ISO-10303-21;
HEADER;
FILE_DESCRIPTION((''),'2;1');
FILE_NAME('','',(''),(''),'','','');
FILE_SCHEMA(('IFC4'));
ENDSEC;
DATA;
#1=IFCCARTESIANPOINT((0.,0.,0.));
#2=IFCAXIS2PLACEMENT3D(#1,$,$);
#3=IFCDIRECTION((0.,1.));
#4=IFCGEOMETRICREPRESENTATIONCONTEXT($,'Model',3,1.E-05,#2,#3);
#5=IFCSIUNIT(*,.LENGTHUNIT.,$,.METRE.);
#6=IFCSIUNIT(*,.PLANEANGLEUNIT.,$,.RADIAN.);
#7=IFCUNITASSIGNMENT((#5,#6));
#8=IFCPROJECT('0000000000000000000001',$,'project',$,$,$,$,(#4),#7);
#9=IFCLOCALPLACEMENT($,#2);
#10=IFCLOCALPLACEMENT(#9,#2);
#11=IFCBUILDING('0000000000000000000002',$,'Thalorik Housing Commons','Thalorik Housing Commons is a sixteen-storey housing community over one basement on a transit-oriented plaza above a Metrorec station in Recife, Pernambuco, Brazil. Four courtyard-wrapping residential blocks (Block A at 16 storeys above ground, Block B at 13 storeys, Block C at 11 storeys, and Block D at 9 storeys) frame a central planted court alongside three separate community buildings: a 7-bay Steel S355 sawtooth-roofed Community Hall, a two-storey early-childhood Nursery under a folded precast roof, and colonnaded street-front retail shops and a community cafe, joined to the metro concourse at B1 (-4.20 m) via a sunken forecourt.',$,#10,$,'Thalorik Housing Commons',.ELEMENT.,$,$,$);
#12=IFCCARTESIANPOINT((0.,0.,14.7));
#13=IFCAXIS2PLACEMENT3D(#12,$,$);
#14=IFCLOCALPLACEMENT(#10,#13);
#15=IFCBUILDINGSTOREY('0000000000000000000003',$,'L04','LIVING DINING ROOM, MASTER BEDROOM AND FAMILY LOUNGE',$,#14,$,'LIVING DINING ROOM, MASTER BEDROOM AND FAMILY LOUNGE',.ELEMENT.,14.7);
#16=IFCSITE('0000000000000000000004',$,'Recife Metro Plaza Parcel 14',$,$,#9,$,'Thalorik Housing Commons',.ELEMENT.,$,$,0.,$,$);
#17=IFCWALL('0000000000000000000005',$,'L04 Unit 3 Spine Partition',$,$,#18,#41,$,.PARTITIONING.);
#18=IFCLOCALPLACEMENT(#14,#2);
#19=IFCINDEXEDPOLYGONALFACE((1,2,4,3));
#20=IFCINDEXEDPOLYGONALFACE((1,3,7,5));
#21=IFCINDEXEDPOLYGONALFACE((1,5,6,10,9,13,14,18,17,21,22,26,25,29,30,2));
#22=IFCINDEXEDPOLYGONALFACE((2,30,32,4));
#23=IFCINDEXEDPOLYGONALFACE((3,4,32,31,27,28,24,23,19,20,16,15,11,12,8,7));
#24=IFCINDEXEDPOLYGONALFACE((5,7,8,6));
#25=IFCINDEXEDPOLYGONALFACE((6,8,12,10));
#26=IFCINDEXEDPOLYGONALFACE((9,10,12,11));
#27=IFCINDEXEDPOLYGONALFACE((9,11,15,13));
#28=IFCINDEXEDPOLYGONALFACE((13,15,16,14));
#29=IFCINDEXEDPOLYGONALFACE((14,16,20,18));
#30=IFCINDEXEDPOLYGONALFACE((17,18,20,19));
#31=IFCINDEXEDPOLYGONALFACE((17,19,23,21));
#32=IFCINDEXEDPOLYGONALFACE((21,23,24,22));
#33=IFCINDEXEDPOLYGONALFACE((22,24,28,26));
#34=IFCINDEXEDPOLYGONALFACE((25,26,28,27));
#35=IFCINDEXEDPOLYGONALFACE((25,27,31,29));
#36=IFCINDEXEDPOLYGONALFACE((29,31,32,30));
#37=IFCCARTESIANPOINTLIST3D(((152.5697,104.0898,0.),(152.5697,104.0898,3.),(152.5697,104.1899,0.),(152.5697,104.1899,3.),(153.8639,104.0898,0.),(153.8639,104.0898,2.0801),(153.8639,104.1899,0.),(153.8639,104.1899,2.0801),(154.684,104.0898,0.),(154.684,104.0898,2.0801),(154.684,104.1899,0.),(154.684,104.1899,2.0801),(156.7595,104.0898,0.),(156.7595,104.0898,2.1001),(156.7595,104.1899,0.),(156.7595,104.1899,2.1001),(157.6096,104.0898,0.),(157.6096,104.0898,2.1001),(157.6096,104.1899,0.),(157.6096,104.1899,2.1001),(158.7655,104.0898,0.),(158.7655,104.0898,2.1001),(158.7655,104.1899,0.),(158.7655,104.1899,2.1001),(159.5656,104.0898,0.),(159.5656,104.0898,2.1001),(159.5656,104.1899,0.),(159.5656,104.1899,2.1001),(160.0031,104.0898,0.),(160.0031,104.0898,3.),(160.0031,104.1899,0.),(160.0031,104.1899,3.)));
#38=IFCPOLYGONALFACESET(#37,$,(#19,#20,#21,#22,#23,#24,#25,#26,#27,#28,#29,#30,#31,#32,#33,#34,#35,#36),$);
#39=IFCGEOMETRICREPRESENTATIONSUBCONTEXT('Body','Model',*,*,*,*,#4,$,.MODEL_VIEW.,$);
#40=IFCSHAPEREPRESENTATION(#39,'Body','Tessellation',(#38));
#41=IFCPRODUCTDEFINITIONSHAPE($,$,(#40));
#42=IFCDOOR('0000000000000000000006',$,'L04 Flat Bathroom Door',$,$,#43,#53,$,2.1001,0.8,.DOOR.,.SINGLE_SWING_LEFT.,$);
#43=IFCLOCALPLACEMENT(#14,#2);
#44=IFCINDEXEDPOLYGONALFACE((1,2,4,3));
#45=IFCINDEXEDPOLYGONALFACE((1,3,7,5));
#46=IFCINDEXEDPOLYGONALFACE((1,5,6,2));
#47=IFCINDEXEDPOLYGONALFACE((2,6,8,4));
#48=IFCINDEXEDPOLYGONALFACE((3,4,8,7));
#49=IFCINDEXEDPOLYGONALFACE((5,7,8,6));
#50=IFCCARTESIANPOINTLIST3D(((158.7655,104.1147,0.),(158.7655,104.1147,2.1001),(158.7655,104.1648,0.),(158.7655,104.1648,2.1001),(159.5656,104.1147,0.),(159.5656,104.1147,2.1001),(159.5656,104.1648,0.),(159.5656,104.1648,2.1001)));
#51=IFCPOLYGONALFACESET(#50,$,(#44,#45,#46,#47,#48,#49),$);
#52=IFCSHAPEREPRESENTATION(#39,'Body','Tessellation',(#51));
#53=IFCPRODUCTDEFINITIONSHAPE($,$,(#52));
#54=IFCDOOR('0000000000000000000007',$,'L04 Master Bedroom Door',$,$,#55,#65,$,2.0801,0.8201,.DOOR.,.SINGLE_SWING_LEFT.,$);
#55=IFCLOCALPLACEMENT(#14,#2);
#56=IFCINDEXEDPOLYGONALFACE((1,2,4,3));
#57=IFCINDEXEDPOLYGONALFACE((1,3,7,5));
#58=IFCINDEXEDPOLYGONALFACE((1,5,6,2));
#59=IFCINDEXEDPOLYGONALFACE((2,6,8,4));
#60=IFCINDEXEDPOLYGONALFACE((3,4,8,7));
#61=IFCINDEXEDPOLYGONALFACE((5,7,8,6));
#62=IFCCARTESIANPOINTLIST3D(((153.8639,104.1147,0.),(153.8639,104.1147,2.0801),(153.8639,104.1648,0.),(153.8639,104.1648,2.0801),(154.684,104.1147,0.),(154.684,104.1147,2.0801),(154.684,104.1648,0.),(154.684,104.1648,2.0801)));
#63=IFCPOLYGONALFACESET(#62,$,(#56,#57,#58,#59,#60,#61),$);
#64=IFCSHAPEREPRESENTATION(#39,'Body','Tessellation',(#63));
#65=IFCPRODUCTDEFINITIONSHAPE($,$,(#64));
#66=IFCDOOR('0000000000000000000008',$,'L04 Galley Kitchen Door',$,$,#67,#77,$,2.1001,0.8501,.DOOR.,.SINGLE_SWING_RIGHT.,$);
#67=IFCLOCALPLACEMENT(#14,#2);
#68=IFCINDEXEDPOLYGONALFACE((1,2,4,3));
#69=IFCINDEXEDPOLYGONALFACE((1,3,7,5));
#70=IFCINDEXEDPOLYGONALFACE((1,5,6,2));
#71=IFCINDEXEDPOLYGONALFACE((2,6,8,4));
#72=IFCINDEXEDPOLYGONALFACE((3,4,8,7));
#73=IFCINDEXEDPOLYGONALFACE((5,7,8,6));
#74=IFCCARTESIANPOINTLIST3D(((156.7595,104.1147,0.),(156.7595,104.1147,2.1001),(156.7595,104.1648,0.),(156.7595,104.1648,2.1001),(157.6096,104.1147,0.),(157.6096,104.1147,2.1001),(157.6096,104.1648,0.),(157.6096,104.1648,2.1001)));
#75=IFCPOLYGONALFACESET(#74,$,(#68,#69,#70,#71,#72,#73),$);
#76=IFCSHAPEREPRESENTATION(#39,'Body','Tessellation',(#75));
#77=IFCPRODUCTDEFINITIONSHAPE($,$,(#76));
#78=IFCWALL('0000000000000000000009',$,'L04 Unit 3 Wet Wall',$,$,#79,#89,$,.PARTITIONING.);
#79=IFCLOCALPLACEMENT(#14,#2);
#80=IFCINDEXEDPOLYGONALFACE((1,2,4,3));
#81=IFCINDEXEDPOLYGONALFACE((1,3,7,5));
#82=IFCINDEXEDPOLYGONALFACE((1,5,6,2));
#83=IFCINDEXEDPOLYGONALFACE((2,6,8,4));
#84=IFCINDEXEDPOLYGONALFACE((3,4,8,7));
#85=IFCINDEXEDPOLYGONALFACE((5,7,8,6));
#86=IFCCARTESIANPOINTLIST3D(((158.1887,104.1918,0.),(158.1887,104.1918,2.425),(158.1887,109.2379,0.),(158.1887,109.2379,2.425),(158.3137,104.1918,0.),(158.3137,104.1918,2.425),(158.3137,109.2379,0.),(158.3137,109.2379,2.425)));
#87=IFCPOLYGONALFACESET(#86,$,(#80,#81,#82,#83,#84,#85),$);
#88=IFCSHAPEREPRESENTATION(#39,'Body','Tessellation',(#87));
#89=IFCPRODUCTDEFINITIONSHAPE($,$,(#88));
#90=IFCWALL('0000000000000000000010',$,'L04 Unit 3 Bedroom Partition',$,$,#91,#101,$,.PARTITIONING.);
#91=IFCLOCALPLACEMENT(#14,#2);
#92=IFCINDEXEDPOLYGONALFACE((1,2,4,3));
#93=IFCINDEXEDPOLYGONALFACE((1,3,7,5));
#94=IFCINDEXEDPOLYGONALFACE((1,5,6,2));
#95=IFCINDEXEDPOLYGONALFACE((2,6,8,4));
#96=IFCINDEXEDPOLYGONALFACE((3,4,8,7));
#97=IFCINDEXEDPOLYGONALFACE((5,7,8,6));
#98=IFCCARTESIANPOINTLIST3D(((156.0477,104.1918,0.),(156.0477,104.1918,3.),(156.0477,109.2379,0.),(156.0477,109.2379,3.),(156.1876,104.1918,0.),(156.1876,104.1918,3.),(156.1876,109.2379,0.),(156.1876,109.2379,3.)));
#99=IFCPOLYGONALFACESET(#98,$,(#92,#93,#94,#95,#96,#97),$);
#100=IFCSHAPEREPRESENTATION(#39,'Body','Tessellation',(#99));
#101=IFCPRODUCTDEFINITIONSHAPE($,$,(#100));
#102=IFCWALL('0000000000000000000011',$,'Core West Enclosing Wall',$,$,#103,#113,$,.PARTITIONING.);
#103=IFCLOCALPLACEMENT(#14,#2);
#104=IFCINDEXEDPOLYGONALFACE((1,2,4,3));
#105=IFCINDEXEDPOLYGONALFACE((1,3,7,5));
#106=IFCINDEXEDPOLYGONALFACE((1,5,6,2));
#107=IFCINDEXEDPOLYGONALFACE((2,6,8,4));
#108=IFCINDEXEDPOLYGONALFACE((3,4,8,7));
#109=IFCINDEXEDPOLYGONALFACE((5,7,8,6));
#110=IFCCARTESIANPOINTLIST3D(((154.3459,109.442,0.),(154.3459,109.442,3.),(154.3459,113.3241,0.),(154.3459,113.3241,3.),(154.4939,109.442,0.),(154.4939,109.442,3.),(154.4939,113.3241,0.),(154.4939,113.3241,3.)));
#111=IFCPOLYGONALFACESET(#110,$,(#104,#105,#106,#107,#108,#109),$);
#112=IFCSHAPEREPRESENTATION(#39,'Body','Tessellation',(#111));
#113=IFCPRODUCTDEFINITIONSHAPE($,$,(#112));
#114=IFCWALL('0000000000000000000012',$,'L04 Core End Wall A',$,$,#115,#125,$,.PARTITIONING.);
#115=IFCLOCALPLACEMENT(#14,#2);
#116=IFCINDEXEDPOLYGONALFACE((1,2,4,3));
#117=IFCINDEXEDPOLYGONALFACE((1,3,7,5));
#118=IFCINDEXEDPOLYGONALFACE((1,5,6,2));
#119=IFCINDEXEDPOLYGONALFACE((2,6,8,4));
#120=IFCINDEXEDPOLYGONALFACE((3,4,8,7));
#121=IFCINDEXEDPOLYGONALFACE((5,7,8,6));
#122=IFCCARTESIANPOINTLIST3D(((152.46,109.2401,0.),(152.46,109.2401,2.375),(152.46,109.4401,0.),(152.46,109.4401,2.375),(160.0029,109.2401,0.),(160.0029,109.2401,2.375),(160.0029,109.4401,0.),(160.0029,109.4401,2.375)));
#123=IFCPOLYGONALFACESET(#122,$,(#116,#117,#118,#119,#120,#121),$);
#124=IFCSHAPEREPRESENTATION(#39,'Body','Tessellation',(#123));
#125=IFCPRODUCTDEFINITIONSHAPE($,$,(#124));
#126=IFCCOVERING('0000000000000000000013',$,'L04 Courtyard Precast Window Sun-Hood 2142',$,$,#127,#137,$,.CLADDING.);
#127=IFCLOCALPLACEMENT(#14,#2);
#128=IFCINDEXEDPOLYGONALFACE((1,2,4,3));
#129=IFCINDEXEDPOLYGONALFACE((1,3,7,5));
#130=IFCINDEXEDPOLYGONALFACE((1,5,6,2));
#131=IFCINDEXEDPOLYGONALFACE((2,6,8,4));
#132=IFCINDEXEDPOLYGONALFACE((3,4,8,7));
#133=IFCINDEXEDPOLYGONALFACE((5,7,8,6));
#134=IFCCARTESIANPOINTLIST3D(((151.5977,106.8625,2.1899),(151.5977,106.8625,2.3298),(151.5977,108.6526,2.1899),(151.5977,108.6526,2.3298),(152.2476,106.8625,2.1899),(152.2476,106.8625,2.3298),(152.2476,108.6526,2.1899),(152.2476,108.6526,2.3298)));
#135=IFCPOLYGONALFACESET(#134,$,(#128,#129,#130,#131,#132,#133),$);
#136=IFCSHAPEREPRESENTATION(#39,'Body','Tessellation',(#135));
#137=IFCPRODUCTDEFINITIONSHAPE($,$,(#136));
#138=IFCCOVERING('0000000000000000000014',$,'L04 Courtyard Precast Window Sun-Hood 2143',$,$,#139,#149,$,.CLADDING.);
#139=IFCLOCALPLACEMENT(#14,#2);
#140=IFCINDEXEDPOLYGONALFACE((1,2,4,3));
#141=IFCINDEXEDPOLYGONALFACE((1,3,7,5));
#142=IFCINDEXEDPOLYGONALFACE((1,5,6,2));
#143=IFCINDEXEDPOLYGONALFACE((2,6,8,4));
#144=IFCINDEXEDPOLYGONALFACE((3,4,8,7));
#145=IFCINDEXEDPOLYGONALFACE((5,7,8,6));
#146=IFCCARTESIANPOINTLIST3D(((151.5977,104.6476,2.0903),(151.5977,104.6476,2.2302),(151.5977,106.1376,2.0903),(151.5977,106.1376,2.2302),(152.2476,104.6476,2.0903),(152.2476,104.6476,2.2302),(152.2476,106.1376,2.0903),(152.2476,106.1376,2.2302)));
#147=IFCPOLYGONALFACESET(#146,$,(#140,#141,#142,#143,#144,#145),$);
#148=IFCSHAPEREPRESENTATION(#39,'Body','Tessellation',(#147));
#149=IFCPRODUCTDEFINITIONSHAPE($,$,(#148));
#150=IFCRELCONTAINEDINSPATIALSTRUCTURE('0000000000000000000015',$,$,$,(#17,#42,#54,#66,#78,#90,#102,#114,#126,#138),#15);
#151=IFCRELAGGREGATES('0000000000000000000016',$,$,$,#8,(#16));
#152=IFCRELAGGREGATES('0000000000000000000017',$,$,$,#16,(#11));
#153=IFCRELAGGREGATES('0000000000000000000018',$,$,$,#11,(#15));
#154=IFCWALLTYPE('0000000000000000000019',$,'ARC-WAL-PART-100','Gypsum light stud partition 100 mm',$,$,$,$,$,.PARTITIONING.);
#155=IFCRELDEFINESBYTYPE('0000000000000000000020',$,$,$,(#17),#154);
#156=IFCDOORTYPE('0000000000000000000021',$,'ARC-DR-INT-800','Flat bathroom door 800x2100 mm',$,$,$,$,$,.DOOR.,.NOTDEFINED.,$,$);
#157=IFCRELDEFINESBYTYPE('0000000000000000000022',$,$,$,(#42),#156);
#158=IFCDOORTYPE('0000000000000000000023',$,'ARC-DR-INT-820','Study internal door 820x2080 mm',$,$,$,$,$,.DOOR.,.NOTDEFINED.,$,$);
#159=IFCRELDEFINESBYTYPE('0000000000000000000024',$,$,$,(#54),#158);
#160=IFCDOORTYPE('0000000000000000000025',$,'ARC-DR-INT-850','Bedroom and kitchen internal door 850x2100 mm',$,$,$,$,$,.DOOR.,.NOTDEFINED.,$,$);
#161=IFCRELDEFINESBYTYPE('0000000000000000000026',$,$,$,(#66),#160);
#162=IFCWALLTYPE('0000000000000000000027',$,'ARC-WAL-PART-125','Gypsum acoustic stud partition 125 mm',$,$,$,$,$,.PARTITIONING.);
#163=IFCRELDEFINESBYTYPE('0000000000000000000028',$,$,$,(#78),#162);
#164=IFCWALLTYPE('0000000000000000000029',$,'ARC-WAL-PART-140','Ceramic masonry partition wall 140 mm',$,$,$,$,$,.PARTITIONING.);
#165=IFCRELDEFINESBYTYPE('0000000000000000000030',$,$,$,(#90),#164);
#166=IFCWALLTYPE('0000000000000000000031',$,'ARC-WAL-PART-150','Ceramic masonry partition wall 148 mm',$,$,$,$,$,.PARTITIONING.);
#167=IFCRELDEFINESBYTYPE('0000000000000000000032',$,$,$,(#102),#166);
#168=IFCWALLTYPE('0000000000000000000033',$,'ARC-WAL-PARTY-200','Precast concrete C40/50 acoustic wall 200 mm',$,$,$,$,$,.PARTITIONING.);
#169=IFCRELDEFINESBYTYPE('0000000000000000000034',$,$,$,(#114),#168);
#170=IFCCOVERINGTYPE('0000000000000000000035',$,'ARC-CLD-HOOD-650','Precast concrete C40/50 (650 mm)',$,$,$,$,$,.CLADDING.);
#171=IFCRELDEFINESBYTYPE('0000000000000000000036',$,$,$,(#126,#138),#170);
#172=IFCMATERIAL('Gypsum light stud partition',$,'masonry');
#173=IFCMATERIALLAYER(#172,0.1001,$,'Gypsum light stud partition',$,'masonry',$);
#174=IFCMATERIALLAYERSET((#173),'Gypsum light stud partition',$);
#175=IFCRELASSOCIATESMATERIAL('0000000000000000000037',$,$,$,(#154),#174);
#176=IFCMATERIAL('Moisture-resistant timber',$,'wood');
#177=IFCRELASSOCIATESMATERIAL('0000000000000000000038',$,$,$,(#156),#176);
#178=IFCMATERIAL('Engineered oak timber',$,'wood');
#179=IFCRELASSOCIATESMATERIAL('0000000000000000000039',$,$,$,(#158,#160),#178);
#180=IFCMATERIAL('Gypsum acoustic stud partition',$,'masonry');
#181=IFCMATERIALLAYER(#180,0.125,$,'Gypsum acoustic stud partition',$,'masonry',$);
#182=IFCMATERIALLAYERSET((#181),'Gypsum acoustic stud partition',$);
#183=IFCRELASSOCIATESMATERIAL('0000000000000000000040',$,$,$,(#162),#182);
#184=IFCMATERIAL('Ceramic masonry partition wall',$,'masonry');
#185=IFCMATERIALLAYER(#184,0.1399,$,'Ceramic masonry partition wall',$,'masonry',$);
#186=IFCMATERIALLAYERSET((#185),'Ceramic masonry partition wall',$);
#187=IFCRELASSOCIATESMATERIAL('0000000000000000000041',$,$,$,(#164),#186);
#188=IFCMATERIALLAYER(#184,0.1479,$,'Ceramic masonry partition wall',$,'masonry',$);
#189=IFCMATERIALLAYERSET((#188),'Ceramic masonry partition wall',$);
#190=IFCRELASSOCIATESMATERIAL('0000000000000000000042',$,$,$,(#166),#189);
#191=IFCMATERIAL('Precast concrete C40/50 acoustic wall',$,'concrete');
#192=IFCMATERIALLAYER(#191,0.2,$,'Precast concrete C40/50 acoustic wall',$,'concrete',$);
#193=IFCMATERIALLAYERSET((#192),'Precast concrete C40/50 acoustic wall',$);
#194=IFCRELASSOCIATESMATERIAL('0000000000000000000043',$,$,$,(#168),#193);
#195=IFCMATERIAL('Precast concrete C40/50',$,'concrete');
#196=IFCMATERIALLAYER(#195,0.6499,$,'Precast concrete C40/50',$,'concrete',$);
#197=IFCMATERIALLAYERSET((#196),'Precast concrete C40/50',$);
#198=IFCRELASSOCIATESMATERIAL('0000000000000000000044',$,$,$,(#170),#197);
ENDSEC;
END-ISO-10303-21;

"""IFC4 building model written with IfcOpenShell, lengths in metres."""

from ifc_helpers import new_model, si_unit, direction, frame, frame_2d, origin, origin_2d, place, context, subcontext, project, spatial, rectangle, extrude, material, layer, layer_set, type_object, element, fill, save


model = new_model("IFC4")

# Units and contexts
model_context = context("Model", 3, precision=1e-05, world=origin(), true_north=direction((0.0, 1.0)))
body_context = subcontext(model_context, "Body", "Model", "MODEL_VIEW")
ifc_project = project(units=[si_unit("LENGTHUNIT", "METRE"), si_unit("PLANEANGLEUNIT", "RADIAN")], contexts=[model_context])

# Site, building, storey
site_placement = place(None, origin())
site = spatial("IfcSite", under=ifc_project, at=site_placement, Name="Recife Metro Plaza Parcel 14", LongName="Thalorik Housing Commons", CompositionType="ELEMENT", RefElevation=0.0)
building_placement = place(site_placement, origin())
building = spatial("IfcBuilding", under=site, at=building_placement, Name="Thalorik Housing Commons", Description="Thalorik Housing Commons is a sixteen-storey housing community over one basement on a transit-oriented plaza above a Metrorec station in Recife, Pernambuco, Brazil. Four courtyard-wrapping residential blocks (Block A at 16 storeys above ground, Block B at 13 storeys, Block C at 11 storeys, and Block D at 9 storeys) frame a central planted court alongside three separate community buildings: a 7-bay Steel S355 sawtooth-roofed Community Hall, a two-storey early-childhood Nursery under a folded precast roof, and colonnaded street-front retail shops and a community cafe, joined to the metro concourse at B1 (-4.20 m) via a sunken forecourt.", LongName="Thalorik Housing Commons", CompositionType="ELEMENT")
storey_placement = place(building_placement, frame((0.0, 0.0, 14.7)))
storey = spatial("IfcBuildingStorey", under=building, at=storey_placement, Name="L04", Description="LIVING DINING ROOM, MASTER BEDROOM AND FAMILY LOUNGE", LongName="LIVING DINING ROOM, MASTER BEDROOM AND FAMILY LOUNGE", CompositionType="ELEMENT", Elevation=14.7)

# Shared definitions
ifc_material_1 = material(Name="Precast concrete C40/50", Category="concrete")

# Wall, openings, doors
ifc_material_2 = material(Name="Gypsum light stud partition", Category="masonry")
ifc_layer_1 = layer(ifc_material_2, 0.1001, Name="Gypsum light stud partition", Category="masonry")
ifc_layer_set_1 = layer_set([ifc_layer_1], Name="Gypsum light stud partition")
wall_type_1 = type_object("IfcWallType", Name="ARC-WAL-PART-100", Description="Gypsum light stud partition 100 mm", PredefinedType="PARTITIONING", material=ifc_layer_set_1)
wall_1_placement = place(storey_placement, frame((152.5696, 104.1399, 0.0), z_axis=(0.0, 0.0, 1.0), x_axis=(1.0, 0.0, 0.0)))
wall_1 = element("IfcWall", 1, at=wall_1_placement, inside=storey, type_object=wall_type_1, Name="L04 Unit 3 Spine Partition", PredefinedType="PARTITIONING", context=body_context, shape_type="SweptSolid", body=[
    extrude(rectangle(XDim=7.4333, YDim=0.1001, at=frame_2d((3.7168, 0.0))), origin(), (0.0, 0.0, 1.0), 3.0),
])
opening_1_placement = place(wall_1_placement, frame((1.2942, 0.0, 0.0)))
opening_1 = element("IfcOpeningElement", 2, at=opening_1_placement, cuts=wall_1, PredefinedType="OPENING", context=body_context, shape_type="SweptSolid", body=[
    extrude(rectangle(XDim=0.8201, YDim=2.0801, at=frame_2d((0.4102, 1.04))), frame((0.0, 0.0601, 0.0), z_axis=(0.0, -1.0, 0.0), x_axis=(1.0, 0.0, 0.0)), (0.0, 0.0, 1.0), 0.1201),
])
opening_2_placement = place(wall_1_placement, frame((4.1899, 0.0, 0.0)))
opening_2 = element("IfcOpeningElement", 3, at=opening_2_placement, cuts=wall_1, PredefinedType="OPENING", context=body_context, shape_type="SweptSolid", body=[
    extrude(rectangle(XDim=0.8501, YDim=2.1001, at=frame_2d((0.425, 1.05))), frame((0.0, 0.0601, 0.0), z_axis=(0.0, -1.0, 0.0), x_axis=(1.0, 0.0, 0.0)), (0.0, 0.0, 1.0), 0.1201),
])
opening_3_placement = place(wall_1_placement, frame((6.196, 0.0, 0.0)))
opening_3 = element("IfcOpeningElement", 4, at=opening_3_placement, cuts=wall_1, PredefinedType="OPENING", context=body_context, shape_type="SweptSolid", body=[
    extrude(rectangle(XDim=0.8, YDim=2.1001, at=frame_2d((0.3999, 1.05))), frame((0.0, 0.0601, 0.0), z_axis=(0.0, -1.0, 0.0), x_axis=(1.0, 0.0, 0.0)), (0.0, 0.0, 1.0), 0.1201),
])
ifc_material_3 = material(Name="Moisture-resistant timber", Category="wood")
door_type_1 = type_object("IfcDoorType", Name="ARC-DR-INT-800", Description="Flat bathroom door 800x2100 mm", OperationType="NOTDEFINED", PredefinedType="DOOR", material=ifc_material_3)
door_1_placement = place(opening_3_placement, origin())
door_1 = element("IfcDoor", 5, at=door_1_placement, inside=storey, type_object=door_type_1, Name="L04 Flat Bathroom Door", OperationType="SINGLE_SWING_LEFT", OverallHeight=2.1001, OverallWidth=0.8, PredefinedType="DOOR", context=body_context, shape_type="SweptSolid", body=[
    extrude(rectangle(XDim=0.8, YDim=2.1001, at=frame_2d((0.3999, 1.05))), frame((0.0, 0.0249, 0.0), z_axis=(0.0, -1.0, 0.0), x_axis=(1.0, 0.0, 0.0)), (0.0, 0.0, 1.0), 0.05),
])
fill(opening_3, door_1)
ifc_material_4 = material(Name="Engineered oak timber", Category="wood")
door_type_2 = type_object("IfcDoorType", Name="ARC-DR-INT-820", Description="Study internal door 820x2080 mm", OperationType="NOTDEFINED", PredefinedType="DOOR", material=ifc_material_4)
door_2_placement = place(opening_1_placement, origin())
door_2 = element("IfcDoor", 6, at=door_2_placement, inside=storey, type_object=door_type_2, Name="L04 Master Bedroom Door", OperationType="SINGLE_SWING_LEFT", OverallHeight=2.0801, OverallWidth=0.8201, PredefinedType="DOOR", context=body_context, shape_type="SweptSolid", body=[
    extrude(rectangle(XDim=0.8201, YDim=2.0801, at=frame_2d((0.4102, 1.04))), frame((0.0, 0.0249, 0.0), z_axis=(0.0, -1.0, 0.0), x_axis=(1.0, 0.0, 0.0)), (0.0, 0.0, 1.0), 0.05),
])
fill(opening_1, door_2)
door_type_3 = type_object("IfcDoorType", Name="ARC-DR-INT-850", Description="Bedroom and kitchen internal door 850x2100 mm", OperationType="NOTDEFINED", PredefinedType="DOOR", material=ifc_material_4)
door_3_placement = place(opening_2_placement, origin())
door_3 = element("IfcDoor", 7, at=door_3_placement, inside=storey, type_object=door_type_3, Name="L04 Galley Kitchen Door", OperationType="SINGLE_SWING_RIGHT", OverallHeight=2.1001, OverallWidth=0.8501, PredefinedType="DOOR", context=body_context, shape_type="SweptSolid", body=[
    extrude(rectangle(XDim=0.8501, YDim=2.1001, at=frame_2d((0.425, 1.05))), frame((0.0, 0.0249, 0.0), z_axis=(0.0, -1.0, 0.0), x_axis=(1.0, 0.0, 0.0)), (0.0, 0.0, 1.0), 0.05),
])
fill(opening_2, door_3)

# Walls
ifc_material_5 = material(Name="Gypsum acoustic stud partition", Category="masonry")
ifc_layer_2 = layer(ifc_material_5, 0.125, Name="Gypsum acoustic stud partition", Category="masonry")
ifc_layer_set_2 = layer_set([ifc_layer_2], Name="Gypsum acoustic stud partition")
wall_type_2 = type_object("IfcWallType", Name="ARC-WAL-PART-125", Description="Gypsum acoustic stud partition 125 mm", PredefinedType="PARTITIONING", material=ifc_layer_set_2)
wall_2_placement = place(storey_placement, frame((158.2512, 104.1919, 0.0), z_axis=(0.0, 0.0, 1.0), x_axis=(0.0, 1.0, 0.0)))
element("IfcWall", 8, at=wall_2_placement, inside=storey, type_object=wall_type_2, Name="L04 Unit 3 Wet Wall", PredefinedType="PARTITIONING", context=body_context, shape_type="SweptSolid", body=[
    extrude(rectangle(XDim=5.0461, YDim=0.125, at=frame_2d((2.5229, 0.0))), origin(), (0.0, 0.0, 1.0), 2.425),
])
ifc_material_6 = material(Name="Ceramic masonry partition wall", Category="masonry")
ifc_layer_3 = layer(ifc_material_6, 0.1399, Name="Ceramic masonry partition wall", Category="masonry")
ifc_layer_set_3 = layer_set([ifc_layer_3], Name="Ceramic masonry partition wall")
wall_type_3 = type_object("IfcWallType", Name="ARC-WAL-PART-140", Description="Ceramic masonry partition wall 140 mm", PredefinedType="PARTITIONING", material=ifc_layer_set_3)
wall_3_placement = place(storey_placement, frame((156.1177, 104.1919, 0.0), z_axis=(0.0, 0.0, 1.0), x_axis=(0.0, 1.0, 0.0)))
element("IfcWall", 9, at=wall_3_placement, inside=storey, type_object=wall_type_3, Name="L04 Unit 3 Bedroom Partition", PredefinedType="PARTITIONING", context=body_context, shape_type="SweptSolid", body=[
    extrude(rectangle(XDim=5.0461, YDim=0.1399, at=frame_2d((2.5229, 0.0))), origin(), (0.0, 0.0, 1.0), 3.0),
])
ifc_layer_4 = layer(ifc_material_6, 0.1479, Name="Ceramic masonry partition wall", Category="masonry")
ifc_layer_set_4 = layer_set([ifc_layer_4], Name="Ceramic masonry partition wall")
wall_type_4 = type_object("IfcWallType", Name="ARC-WAL-PART-150", Description="Ceramic masonry partition wall 148 mm", PredefinedType="PARTITIONING", material=ifc_layer_set_4)
wall_4_placement = place(storey_placement, frame((154.4199, 113.324, 0.0), z_axis=(0.0, 0.0, 1.0), x_axis=(0.0, -1.0, 0.0)))
element("IfcWall", 10, at=wall_4_placement, inside=storey, type_object=wall_type_4, Name="Core West Enclosing Wall", PredefinedType="PARTITIONING", context=body_context, shape_type="SweptSolid", body=[
    extrude(rectangle(XDim=3.8821, YDim=0.1479, at=frame_2d((1.9409, 0.0))), origin(), (0.0, 0.0, 1.0), 3.0),
])
ifc_material_7 = material(Name="Precast concrete C40/50 acoustic wall", Category="concrete")
ifc_layer_5 = layer(ifc_material_7, 0.2, Name="Precast concrete C40/50 acoustic wall", Category="concrete")
ifc_layer_set_5 = layer_set([ifc_layer_5], Name="Precast concrete C40/50 acoustic wall")
wall_type_5 = type_object("IfcWallType", Name="ARC-WAL-PARTY-200", Description="Precast concrete C40/50 acoustic wall 200 mm", PredefinedType="PARTITIONING", material=ifc_layer_set_5)
wall_5_placement = place(storey_placement, frame((152.46, 109.3401, 0.0), z_axis=(0.0, 0.0, 1.0), x_axis=(1.0, 0.0, 0.0)))
element("IfcWall", 11, at=wall_5_placement, inside=storey, type_object=wall_type_5, Name="L04 Core End Wall A", PredefinedType="PARTITIONING", context=body_context, shape_type="SweptSolid", body=[
    extrude(rectangle(XDim=7.543, YDim=0.2, at=frame_2d((3.7715, 0.0))), origin(), (0.0, 0.0, 1.0), 2.375),
])

# Coverings
ifc_layer_6 = layer(ifc_material_1, 0.6499, Name="Precast concrete C40/50", Category="concrete")
ifc_layer_set_6 = layer_set([ifc_layer_6], Name="Precast concrete C40/50")
covering_type = type_object("IfcCoveringType", Name="ARC-CLD-HOOD-650", Description="Precast concrete C40/50 (650 mm)", PredefinedType="CLADDING", material=ifc_layer_set_6)
covering_1_placement = place(storey_placement, frame((151.9226, 107.7576, 2.1899), z_axis=(0.0, 0.0, 1.0), x_axis=(0.0, -1.0, 0.0)))
element("IfcCovering", 12, at=covering_1_placement, inside=storey, type_object=covering_type, Name="L04 Courtyard Precast Window Sun-Hood 2142", PredefinedType="CLADDING", context=body_context, shape_type="SweptSolid", body=[
    extrude(rectangle(XDim=1.79, YDim=0.6499, at=origin_2d()), origin(), (0.0, 0.0, 1.0), 0.1399),
])
covering_2_placement = place(storey_placement, frame((151.9226, 105.3926, 2.0903), z_axis=(0.0, 0.0, 1.0), x_axis=(0.0, -1.0, 0.0)))
element("IfcCovering", 13, at=covering_2_placement, inside=storey, type_object=covering_type, Name="L04 Courtyard Precast Window Sun-Hood 2143", PredefinedType="CLADDING", context=body_context, shape_type="SweptSolid", body=[
    extrude(rectangle(XDim=1.49, YDim=0.6499, at=origin_2d()), origin(), (0.0, 0.0, 1.0), 0.1399),
])

save(model, "model.ifc")
